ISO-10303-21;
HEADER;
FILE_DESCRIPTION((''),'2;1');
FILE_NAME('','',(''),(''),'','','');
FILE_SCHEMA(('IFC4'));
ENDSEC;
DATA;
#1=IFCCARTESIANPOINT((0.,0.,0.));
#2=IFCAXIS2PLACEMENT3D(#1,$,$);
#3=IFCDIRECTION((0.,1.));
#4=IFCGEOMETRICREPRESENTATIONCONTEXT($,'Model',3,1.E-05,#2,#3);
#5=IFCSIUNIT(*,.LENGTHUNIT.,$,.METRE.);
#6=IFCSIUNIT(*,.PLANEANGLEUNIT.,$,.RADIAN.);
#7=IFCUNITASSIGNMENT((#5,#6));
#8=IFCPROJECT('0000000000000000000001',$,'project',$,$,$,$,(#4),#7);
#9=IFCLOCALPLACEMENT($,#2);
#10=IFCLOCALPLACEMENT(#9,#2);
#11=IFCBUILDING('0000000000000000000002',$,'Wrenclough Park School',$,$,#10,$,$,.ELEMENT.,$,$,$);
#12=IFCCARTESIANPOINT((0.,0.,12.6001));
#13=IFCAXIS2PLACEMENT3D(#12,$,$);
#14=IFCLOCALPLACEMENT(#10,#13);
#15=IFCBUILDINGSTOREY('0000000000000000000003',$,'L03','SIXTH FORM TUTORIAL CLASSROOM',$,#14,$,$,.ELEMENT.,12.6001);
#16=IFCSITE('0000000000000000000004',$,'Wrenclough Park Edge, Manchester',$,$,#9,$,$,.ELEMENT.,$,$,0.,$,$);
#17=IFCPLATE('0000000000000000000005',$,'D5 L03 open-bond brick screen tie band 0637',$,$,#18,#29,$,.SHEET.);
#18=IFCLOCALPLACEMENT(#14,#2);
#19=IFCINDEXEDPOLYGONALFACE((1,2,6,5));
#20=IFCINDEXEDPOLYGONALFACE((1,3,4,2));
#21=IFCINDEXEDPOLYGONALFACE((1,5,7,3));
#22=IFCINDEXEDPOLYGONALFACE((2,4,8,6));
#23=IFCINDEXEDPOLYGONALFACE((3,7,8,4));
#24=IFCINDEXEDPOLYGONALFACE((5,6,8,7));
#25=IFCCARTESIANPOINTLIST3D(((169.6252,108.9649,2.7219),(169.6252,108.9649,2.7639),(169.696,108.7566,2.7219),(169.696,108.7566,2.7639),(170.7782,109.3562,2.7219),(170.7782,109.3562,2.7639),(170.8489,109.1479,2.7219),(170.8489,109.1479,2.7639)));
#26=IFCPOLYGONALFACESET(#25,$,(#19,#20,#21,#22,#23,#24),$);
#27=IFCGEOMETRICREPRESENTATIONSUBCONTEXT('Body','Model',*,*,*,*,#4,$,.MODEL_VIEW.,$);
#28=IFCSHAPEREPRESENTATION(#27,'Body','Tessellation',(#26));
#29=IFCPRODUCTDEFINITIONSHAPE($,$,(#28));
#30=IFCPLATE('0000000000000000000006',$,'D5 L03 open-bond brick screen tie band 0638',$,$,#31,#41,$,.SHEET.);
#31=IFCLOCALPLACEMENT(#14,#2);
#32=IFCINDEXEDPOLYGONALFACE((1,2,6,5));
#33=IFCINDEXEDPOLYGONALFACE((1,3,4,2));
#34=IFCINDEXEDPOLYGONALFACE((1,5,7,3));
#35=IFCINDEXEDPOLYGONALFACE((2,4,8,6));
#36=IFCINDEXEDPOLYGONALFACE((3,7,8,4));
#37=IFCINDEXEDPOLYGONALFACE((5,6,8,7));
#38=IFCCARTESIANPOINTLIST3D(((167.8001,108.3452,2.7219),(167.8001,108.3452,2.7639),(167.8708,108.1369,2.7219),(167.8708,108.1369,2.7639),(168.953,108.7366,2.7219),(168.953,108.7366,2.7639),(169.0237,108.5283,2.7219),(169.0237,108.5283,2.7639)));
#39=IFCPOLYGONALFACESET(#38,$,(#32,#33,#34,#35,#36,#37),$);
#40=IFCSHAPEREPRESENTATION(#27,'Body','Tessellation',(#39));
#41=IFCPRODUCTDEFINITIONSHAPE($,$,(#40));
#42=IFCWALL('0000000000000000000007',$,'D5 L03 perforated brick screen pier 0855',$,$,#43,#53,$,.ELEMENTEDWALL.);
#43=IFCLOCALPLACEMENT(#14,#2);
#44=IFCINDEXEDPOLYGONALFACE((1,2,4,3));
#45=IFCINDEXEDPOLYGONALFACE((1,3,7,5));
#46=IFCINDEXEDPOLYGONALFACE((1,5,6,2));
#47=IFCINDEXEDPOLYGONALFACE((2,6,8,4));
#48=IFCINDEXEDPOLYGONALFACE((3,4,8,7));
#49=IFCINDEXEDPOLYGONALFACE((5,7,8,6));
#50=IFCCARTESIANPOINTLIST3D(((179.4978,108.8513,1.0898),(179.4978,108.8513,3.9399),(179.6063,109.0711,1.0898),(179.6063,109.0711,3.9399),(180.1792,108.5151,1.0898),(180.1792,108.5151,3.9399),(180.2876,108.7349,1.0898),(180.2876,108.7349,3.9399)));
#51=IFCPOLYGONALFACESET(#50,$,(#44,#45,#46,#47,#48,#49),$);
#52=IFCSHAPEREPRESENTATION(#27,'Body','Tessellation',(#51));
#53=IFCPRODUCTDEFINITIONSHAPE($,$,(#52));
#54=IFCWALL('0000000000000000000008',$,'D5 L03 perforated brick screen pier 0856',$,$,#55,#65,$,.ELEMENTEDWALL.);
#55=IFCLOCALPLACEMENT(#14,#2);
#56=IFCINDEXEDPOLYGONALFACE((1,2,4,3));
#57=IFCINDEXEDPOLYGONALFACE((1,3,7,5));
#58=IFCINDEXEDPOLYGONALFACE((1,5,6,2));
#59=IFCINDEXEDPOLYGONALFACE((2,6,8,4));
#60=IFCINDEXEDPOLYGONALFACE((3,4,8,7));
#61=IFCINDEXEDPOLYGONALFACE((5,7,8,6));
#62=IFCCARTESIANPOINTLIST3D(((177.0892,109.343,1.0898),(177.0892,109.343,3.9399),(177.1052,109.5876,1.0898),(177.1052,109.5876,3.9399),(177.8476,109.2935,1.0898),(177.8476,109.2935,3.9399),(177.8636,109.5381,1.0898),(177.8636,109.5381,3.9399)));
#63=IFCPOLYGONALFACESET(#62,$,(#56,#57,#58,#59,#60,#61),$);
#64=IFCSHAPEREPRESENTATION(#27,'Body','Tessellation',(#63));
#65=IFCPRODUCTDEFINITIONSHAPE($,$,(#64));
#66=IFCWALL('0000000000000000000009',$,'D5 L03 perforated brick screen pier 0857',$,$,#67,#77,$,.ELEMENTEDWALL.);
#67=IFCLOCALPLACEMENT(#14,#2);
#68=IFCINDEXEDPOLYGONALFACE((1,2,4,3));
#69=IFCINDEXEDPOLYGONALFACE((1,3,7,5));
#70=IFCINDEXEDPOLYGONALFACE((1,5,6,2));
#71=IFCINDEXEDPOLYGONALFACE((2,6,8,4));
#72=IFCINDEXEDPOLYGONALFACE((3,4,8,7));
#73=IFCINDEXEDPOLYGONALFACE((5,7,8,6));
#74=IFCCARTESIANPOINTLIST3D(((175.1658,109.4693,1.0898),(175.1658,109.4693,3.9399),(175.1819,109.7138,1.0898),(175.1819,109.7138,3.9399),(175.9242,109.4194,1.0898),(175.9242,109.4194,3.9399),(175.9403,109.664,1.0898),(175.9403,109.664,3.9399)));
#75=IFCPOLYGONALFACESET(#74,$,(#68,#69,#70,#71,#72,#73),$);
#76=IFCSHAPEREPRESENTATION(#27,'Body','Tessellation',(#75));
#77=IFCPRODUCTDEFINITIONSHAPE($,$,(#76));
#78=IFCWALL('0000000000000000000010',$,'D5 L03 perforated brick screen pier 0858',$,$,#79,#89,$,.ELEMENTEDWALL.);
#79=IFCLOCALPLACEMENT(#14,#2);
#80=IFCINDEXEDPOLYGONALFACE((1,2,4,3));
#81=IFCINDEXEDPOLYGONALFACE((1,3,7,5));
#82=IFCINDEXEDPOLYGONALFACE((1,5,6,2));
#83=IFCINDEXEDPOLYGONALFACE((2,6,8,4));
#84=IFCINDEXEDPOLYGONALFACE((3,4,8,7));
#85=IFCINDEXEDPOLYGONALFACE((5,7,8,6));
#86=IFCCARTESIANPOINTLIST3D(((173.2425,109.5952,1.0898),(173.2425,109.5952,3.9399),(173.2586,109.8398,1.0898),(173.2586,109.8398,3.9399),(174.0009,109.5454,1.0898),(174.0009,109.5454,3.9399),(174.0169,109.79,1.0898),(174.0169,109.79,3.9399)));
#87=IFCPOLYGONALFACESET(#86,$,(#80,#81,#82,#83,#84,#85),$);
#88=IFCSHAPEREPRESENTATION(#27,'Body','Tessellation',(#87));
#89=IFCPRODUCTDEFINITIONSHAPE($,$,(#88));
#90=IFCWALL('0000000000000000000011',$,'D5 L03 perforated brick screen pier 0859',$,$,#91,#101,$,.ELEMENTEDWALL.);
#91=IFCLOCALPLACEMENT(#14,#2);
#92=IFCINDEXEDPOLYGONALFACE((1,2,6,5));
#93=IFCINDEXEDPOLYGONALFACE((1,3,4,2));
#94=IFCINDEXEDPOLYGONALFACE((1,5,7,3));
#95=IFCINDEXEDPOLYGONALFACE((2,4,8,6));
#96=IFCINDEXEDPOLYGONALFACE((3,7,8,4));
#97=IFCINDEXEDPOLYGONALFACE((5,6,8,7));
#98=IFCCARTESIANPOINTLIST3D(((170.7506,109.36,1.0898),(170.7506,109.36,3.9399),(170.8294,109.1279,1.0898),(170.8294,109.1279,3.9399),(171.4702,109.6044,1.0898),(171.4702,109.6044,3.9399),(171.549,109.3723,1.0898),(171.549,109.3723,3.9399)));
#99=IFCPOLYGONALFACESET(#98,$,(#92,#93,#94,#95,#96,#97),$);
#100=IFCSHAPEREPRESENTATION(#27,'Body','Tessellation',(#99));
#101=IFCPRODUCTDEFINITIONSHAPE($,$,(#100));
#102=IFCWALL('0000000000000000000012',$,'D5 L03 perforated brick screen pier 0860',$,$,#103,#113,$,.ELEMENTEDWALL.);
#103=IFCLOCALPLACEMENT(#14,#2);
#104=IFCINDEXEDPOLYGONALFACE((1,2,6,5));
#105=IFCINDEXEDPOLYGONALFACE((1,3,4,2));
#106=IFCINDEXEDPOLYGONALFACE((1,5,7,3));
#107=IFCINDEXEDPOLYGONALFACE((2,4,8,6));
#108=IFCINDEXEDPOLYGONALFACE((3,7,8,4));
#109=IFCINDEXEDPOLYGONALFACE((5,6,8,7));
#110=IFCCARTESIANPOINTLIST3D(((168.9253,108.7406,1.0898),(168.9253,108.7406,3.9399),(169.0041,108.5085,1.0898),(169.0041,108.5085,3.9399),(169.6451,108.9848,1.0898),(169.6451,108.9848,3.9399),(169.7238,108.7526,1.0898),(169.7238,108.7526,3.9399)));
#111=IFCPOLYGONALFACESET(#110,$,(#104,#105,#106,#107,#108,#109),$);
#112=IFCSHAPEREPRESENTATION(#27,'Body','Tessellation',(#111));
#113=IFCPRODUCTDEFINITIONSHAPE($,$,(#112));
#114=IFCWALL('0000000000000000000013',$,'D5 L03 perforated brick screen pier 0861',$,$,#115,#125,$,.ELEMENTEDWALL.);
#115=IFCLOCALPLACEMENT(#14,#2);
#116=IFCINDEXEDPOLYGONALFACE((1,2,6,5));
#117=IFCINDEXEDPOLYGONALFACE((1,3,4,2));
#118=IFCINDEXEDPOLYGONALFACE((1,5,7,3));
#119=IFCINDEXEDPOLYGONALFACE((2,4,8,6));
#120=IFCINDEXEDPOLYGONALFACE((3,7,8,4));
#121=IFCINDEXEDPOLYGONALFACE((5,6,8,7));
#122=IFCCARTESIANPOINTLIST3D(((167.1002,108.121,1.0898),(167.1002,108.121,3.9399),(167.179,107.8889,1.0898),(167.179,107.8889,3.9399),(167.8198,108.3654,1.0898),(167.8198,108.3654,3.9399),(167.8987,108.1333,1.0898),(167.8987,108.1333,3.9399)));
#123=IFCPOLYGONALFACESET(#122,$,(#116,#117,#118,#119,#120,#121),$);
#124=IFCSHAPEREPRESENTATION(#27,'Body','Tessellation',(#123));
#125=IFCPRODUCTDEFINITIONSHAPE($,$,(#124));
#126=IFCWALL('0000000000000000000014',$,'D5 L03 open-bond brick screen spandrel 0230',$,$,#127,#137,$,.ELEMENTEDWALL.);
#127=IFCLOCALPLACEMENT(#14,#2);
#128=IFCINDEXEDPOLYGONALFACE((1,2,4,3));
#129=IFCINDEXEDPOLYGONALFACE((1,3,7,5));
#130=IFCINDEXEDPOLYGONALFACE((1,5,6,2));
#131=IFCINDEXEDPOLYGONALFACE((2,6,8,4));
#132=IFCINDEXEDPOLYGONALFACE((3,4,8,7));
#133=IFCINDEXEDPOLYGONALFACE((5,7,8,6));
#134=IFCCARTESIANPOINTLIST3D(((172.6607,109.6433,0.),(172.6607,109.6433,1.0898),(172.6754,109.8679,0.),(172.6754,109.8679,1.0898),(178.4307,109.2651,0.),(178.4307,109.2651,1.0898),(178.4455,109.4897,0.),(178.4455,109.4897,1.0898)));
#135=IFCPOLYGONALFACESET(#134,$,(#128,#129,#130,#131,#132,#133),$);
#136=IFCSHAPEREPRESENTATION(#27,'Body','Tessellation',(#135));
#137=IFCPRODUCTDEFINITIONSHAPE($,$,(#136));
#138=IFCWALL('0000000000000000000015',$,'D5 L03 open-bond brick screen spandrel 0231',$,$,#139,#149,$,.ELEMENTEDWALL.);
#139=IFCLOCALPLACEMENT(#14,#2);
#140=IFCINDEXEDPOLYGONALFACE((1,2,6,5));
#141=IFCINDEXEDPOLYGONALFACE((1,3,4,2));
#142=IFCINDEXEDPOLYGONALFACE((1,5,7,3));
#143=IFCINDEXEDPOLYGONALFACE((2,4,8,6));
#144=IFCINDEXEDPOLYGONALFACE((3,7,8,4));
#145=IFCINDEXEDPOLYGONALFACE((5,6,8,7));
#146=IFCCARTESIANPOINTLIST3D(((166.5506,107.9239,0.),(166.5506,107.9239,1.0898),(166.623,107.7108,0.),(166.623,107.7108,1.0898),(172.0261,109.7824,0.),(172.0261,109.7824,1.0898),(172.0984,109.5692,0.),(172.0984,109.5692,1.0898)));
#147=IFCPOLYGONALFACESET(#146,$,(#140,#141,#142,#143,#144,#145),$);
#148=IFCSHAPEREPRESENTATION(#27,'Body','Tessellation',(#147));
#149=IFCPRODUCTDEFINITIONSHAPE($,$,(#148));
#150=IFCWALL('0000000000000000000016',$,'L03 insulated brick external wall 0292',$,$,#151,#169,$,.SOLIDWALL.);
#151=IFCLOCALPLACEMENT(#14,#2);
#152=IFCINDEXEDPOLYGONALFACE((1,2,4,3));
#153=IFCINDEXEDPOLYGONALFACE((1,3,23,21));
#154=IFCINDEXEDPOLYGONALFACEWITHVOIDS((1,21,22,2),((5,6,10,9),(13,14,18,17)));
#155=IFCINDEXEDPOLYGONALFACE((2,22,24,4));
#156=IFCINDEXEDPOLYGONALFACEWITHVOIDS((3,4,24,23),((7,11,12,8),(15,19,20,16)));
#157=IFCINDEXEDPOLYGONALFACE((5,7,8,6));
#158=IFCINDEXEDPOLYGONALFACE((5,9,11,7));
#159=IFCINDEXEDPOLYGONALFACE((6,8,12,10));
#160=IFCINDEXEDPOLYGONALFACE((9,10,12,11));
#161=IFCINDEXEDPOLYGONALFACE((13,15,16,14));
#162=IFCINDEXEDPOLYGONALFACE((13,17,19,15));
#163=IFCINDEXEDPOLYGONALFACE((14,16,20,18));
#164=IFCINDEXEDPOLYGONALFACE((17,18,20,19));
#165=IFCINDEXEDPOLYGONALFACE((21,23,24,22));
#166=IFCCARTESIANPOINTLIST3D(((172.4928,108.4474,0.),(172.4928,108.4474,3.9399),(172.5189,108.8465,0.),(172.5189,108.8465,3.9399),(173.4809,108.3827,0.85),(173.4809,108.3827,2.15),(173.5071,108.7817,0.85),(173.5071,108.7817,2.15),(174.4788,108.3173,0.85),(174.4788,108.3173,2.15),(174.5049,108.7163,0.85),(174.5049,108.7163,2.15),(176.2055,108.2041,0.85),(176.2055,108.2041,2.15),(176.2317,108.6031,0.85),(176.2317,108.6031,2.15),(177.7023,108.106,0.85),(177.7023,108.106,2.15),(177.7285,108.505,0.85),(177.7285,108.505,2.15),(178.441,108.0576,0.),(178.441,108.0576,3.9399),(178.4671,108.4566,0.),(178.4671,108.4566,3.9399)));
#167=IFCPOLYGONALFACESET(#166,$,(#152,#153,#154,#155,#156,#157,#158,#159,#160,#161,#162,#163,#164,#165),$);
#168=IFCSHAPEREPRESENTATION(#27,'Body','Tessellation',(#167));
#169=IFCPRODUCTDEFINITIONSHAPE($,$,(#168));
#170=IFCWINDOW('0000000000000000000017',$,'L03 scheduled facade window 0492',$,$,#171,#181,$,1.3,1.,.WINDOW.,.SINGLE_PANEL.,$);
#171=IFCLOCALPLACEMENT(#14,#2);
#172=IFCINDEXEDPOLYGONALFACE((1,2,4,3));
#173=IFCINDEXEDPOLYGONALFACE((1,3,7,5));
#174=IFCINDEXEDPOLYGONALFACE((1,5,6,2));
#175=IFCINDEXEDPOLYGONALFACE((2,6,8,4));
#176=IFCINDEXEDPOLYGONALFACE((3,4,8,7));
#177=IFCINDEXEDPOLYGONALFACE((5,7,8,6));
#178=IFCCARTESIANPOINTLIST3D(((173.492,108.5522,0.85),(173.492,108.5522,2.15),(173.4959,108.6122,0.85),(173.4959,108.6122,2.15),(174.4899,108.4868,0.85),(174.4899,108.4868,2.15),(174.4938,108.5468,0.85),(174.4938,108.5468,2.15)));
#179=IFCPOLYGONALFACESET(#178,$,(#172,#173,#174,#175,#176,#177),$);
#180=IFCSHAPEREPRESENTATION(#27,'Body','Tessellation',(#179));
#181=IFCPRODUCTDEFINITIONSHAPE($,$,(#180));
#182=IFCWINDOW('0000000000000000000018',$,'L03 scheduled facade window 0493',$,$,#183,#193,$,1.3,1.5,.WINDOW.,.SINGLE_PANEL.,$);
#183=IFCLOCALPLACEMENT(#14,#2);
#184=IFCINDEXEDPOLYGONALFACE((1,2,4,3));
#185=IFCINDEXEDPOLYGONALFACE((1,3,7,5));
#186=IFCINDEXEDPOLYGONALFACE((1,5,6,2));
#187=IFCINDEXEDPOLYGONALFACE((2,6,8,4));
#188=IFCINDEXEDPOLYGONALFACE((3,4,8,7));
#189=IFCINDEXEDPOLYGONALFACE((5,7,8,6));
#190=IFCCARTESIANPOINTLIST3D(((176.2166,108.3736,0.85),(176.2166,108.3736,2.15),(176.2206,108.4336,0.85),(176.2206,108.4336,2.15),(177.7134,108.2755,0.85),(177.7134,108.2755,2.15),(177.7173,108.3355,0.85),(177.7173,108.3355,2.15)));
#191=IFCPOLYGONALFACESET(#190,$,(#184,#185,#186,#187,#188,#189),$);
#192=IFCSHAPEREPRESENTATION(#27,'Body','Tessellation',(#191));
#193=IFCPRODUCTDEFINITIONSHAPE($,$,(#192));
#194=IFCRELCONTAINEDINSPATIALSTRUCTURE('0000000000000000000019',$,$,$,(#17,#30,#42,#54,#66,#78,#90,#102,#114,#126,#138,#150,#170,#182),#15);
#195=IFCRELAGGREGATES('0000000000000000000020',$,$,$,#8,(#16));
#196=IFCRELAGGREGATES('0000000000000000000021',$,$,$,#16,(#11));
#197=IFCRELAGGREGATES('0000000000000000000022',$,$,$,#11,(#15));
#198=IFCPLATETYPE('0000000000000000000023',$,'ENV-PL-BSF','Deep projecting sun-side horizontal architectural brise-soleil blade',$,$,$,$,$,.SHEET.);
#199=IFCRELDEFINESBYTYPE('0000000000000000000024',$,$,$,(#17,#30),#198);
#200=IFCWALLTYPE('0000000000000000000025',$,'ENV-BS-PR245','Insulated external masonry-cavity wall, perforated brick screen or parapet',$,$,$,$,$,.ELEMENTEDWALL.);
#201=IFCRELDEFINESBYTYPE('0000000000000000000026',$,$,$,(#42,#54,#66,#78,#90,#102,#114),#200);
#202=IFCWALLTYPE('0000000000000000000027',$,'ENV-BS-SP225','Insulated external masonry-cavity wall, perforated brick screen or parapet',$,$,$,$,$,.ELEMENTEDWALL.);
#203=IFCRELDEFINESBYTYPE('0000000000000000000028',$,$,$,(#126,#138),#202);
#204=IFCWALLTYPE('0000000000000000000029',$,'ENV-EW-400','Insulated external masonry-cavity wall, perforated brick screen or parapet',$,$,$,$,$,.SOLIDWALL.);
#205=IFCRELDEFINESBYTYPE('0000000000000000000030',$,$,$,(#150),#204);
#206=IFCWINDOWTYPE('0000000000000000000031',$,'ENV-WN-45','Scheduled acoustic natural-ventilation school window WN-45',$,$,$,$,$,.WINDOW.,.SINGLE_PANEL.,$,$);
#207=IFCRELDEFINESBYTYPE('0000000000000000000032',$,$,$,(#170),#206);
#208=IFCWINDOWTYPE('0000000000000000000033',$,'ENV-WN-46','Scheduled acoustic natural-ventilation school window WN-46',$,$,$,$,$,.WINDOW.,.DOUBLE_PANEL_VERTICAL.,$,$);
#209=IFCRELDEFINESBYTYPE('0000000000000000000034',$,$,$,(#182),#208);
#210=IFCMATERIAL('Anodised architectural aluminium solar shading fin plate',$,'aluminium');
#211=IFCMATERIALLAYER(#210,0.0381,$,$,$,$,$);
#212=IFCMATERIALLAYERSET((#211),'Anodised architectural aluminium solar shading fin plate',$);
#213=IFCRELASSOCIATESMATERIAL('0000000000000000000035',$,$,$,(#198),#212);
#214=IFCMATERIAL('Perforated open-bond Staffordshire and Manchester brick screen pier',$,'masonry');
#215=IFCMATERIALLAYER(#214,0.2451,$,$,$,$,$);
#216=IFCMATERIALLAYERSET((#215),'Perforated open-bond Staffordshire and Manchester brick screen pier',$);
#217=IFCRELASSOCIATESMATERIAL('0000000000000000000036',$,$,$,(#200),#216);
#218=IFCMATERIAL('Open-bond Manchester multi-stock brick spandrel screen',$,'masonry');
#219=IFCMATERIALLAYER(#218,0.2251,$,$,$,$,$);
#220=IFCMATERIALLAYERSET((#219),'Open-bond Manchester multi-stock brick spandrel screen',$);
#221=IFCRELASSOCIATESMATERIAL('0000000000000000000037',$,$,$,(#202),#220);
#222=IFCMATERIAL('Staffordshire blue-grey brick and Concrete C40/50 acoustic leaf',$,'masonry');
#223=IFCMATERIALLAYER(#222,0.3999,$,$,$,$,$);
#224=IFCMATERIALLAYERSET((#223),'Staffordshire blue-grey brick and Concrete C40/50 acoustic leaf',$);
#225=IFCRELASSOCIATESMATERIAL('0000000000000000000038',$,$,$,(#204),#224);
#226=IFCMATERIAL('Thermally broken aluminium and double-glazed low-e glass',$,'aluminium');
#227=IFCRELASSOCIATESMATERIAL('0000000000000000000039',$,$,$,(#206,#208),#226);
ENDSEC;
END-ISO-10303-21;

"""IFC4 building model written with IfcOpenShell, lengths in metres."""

from ifc_helpers import new_model, si_unit, direction, frame, frame_2d, origin, origin_2d, place, context, subcontext, project, spatial, rectangle, extrude, material, layer, layer_set, type_object, element, fill, save


model = new_model("IFC4")

# Units and contexts
model_context = context("Model", 3, precision=1e-05, world=origin(), true_north=direction((0.0, 1.0)))
body_context = subcontext(model_context, "Body", "Model", "MODEL_VIEW")
ifc_project = project(units=[si_unit("LENGTHUNIT", "METRE"), si_unit("PLANEANGLEUNIT", "RADIAN")], contexts=[model_context])

# Site, building, storey
site_placement = place(None, origin())
site = spatial("IfcSite", under=ifc_project, at=site_placement, Name="Wrenclough Park Edge, Manchester", CompositionType="ELEMENT", RefElevation=0.0)
building_placement = place(site_placement, origin())
building = spatial("IfcBuilding", under=site, at=building_placement, Name="Wrenclough Park School", CompositionType="ELEMENT")
storey_placement = place(building_placement, frame((0.0, 0.0, 12.6001)))
storey = spatial("IfcBuildingStorey", under=building, at=storey_placement, Name="L03", Description="SIXTH FORM TUTORIAL CLASSROOM", CompositionType="ELEMENT", Elevation=12.6001)

# Plates
ifc_material_1 = material(Name="Anodised architectural aluminium solar shading fin plate", Category="aluminium")
ifc_layer_1 = layer(ifc_material_1, 0.0381)
ifc_layer_set_1 = layer_set([ifc_layer_1], Name="Anodised architectural aluminium solar shading fin plate")
plate_type = type_object("IfcPlateType", Name="ENV-PL-BSF", Description="Deep projecting sun-side horizontal architectural brise-soleil blade", PredefinedType="SHEET", material=ifc_layer_set_1)
for number, where, z_axis, x_axis, name in (
    (1, (170.2371, 109.0564, 2.7219), (0.0, 0.0, 1.0), (-0.946934, -0.321427, 0.0), "D5 L03 open-bond brick screen tie band 0637"),
    (2, (168.4119, 108.4368, 2.7219), (0.0, 0.0, 1.0), (-0.946934, -0.321427, 0.0), "D5 L03 open-bond brick screen tie band 0638"),
):
    element("IfcPlate", number, at=place(storey_placement, frame(where, z_axis=z_axis, x_axis=x_axis)), inside=storey, type_object=plate_type, Name=name, PredefinedType="SHEET", context=body_context, shape_type="SweptSolid", body=[
        extrude(rectangle(XDim=1.2175, YDim=0.22, at=origin_2d()), origin(), (0.0, 0.0, 1.0), 0.042),
    ])

# Walls
ifc_material_2 = material(Name="Perforated open-bond Staffordshire and Manchester brick screen pier", Category="masonry")
ifc_layer_2 = layer(ifc_material_2, 0.2451)
ifc_layer_set_2 = layer_set([ifc_layer_2], Name="Perforated open-bond Staffordshire and Manchester brick screen pier")
wall_type_1 = type_object("IfcWallType", Name="ENV-BS-PR245", Description="Insulated external masonry-cavity wall, perforated brick screen or parapet", PredefinedType="ELEMENTEDWALL", material=ifc_layer_set_2)
wall_1_placement = place(storey_placement, frame((180.2334, 108.625, 1.0898), z_axis=(0.0, 0.0, 1.0), x_axis=(-0.896792, 0.442452, 0.0)))
element("IfcWall", 3, at=wall_1_placement, inside=storey, type_object=wall_type_1, Name="D5 L03 perforated brick screen pier 0855", PredefinedType="ELEMENTEDWALL", context=body_context, shape_type="SweptSolid", body=[
    extrude(rectangle(XDim=0.7598, YDim=0.2451, at=frame_2d((0.3799, 0.0))), origin(), (0.0, 0.0, 1.0), 2.8501),
])
for number, where, z_axis, x_axis, name in (
    (4, (177.8555, 109.4158, 1.0898), (0.0, 0.0, 1.0), (-0.997871, 0.065218, 0.0), "D5 L03 perforated brick screen pier 0856"),
    (5, (175.9321, 109.5417, 1.0898), (0.0, 0.0, 1.0), (-0.99785, 0.065538, 0.0), "D5 L03 perforated brick screen pier 0857"),
    (6, (174.0088, 109.6677, 1.0898), (0.0, 0.0, 1.0), (-0.99785, 0.065538, 0.0), "D5 L03 perforated brick screen pier 0858"),
    (7, (171.5095, 109.4883, 1.0898), (0.0, 0.0, 1.0), (-0.946902, -0.321523, 0.0), "D5 L03 perforated brick screen pier 0859"),
    (8, (169.6843, 108.8687, 1.0898), (0.0, 0.0, 1.0), (-0.947, -0.321235, 0.0), "D5 L03 perforated brick screen pier 0860"),
    (9, (167.8591, 108.2493, 1.0898), (0.0, 0.0, 1.0), (-0.946902, -0.321523, 0.0), "D5 L03 perforated brick screen pier 0861"),
):
    element("IfcWall", number, at=place(storey_placement, frame(where, z_axis=z_axis, x_axis=x_axis)), inside=storey, type_object=wall_type_1, Name=name, PredefinedType="ELEMENTEDWALL", context=body_context, shape_type="SweptSolid", body=[
        extrude(rectangle(XDim=0.76, YDim=0.2451, at=frame_2d((0.3799, 0.0))), origin(), (0.0, 0.0, 1.0), 2.8501),
    ])
ifc_material_3 = material(Name="Open-bond Manchester multi-stock brick spandrel screen", Category="masonry")
ifc_layer_3 = layer(ifc_material_3, 0.2251)
ifc_layer_set_3 = layer_set([ifc_layer_3], Name="Open-bond Manchester multi-stock brick spandrel screen")
wall_type_2 = type_object("IfcWallType", Name="ENV-BS-SP225", Description="Insulated external masonry-cavity wall, perforated brick screen or parapet", PredefinedType="ELEMENTEDWALL", material=ifc_layer_set_3)
wall_2_placement = place(storey_placement, frame((178.438, 109.3774, 0.0), z_axis=(0.0, 0.0, 1.0), x_axis=(-0.997859, 0.065401, 0.0)))
element("IfcWall", 10, at=wall_2_placement, inside=storey, type_object=wall_type_2, Name="D5 L03 open-bond brick screen spandrel 0230", PredefinedType="ELEMENTEDWALL", context=body_context, shape_type="SweptSolid", body=[
    extrude(rectangle(XDim=5.7825, YDim=0.2251, at=frame_2d((2.8911, 0.0))), origin(), (0.0, 0.0, 1.0), 1.0898),
])
wall_3_placement = place(storey_placement, frame((172.0623, 109.6758, 0.0), z_axis=(0.0, 0.0, 1.0), x_axis=(-0.946942, -0.321404, 0.0)))
element("IfcWall", 11, at=wall_3_placement, inside=storey, type_object=wall_type_2, Name="D5 L03 open-bond brick screen spandrel 0231", PredefinedType="ELEMENTEDWALL", context=body_context, shape_type="SweptSolid", body=[
    extrude(rectangle(XDim=5.7822, YDim=0.2251, at=frame_2d((2.8911, 0.0))), origin(), (0.0, 0.0, 1.0), 1.0898),
])

# Wall, openings, windows
ifc_material_4 = material(Name="Staffordshire blue-grey brick and Concrete C40/50 acoustic leaf", Category="masonry")
ifc_layer_4 = layer(ifc_material_4, 0.3999)
ifc_layer_set_4 = layer_set([ifc_layer_4], Name="Staffordshire blue-grey brick and Concrete C40/50 acoustic leaf")
wall_type_3 = type_object("IfcWallType", Name="ENV-EW-400", Description="Insulated external masonry-cavity wall, perforated brick screen or parapet", PredefinedType="SOLIDWALL", material=ifc_layer_set_4)
wall_4_placement = place(storey_placement, frame((172.5059, 108.647, 0.0), z_axis=(0.0, 0.0, 1.0), x_axis=(0.997859, -0.065407, 0.0)))
wall_4 = element("IfcWall", 12, at=wall_4_placement, inside=storey, type_object=wall_type_3, Name="L03 insulated brick external wall 0292", PredefinedType="SOLIDWALL", context=body_context, shape_type="SweptSolid", body=[
    extrude(rectangle(XDim=5.9609, YDim=0.3999, at=frame_2d((2.9805, 0.0))), origin(), (0.0, 0.0, 1.0), 3.9399),
])
opening_1_placement = place(wall_4_placement, frame((0.9902, 0.0, 0.8501)))
opening_1 = element("IfcOpeningElement", 13, at=opening_1_placement, cuts=wall_4, PredefinedType="OPENING", context=body_context, shape_type="SweptSolid", body=[
    extrude(rectangle(XDim=1.0, YDim=1.3, at=frame_2d((0.5, 0.6499))), frame((0.0, 0.21, 0.0), z_axis=(0.0, -1.0, 0.0), x_axis=(1.0, 0.0, 0.0)), (0.0, 0.0, 1.0), 0.4199),
])
opening_2_placement = place(wall_4_placement, frame((3.7207, 0.0, 0.8501)))
opening_2 = element("IfcOpeningElement", 14, at=opening_2_placement, cuts=wall_4, PredefinedType="OPENING", context=body_context, shape_type="SweptSolid", body=[
    extrude(rectangle(XDim=1.5, YDim=1.3, at=frame_2d((0.75, 0.6499))), frame((0.0, 0.21, 0.0), z_axis=(0.0, -1.0, 0.0), x_axis=(1.0, 0.0, 0.0)), (0.0, 0.0, 1.0), 0.4199),
])
ifc_material_5 = material(Name="Thermally broken aluminium and double-glazed low-e glass", Category="aluminium")
window_type_1 = type_object("IfcWindowType", Name="ENV-WN-45", Description="Scheduled acoustic natural-ventilation school window WN-45", PartitioningType="SINGLE_PANEL", PredefinedType="WINDOW", material=ifc_material_5)
window_1_placement = place(opening_1_placement, origin())
window_1 = element("IfcWindow", 15, at=window_1_placement, inside=storey, type_object=window_type_1, Name="L03 scheduled facade window 0492", OverallHeight=1.3, OverallWidth=1.0, PartitioningType="SINGLE_PANEL", PredefinedType="WINDOW", context=body_context, shape_type="SweptSolid", body=[
    extrude(rectangle(XDim=1.0, YDim=1.3, at=frame_2d((0.5, 0.6499))), frame((0.0, 0.03, 0.0), z_axis=(0.0, -1.0, 0.0), x_axis=(1.0, 0.0, 0.0)), (0.0, 0.0, 1.0), 0.0601),
])
fill(opening_1, window_1)
window_type_2 = type_object("IfcWindowType", Name="ENV-WN-46", Description="Scheduled acoustic natural-ventilation school window WN-46", PartitioningType="DOUBLE_PANEL_VERTICAL", PredefinedType="WINDOW", material=ifc_material_5)
window_2_placement = place(opening_2_placement, origin())
window_2 = element("IfcWindow", 16, at=window_2_placement, inside=storey, type_object=window_type_2, Name="L03 scheduled facade window 0493", OverallHeight=1.3, OverallWidth=1.5, PartitioningType="SINGLE_PANEL", PredefinedType="WINDOW", context=body_context, shape_type="SweptSolid", body=[
    extrude(rectangle(XDim=1.5, YDim=1.3, at=frame_2d((0.75, 0.6499))), frame((0.0, 0.03, 0.0), z_axis=(0.0, -1.0, 0.0), x_axis=(1.0, 0.0, 0.0)), (0.0, 0.0, 1.0), 0.0601),
])
fill(opening_2, window_2)

save(model, "model.ifc")
